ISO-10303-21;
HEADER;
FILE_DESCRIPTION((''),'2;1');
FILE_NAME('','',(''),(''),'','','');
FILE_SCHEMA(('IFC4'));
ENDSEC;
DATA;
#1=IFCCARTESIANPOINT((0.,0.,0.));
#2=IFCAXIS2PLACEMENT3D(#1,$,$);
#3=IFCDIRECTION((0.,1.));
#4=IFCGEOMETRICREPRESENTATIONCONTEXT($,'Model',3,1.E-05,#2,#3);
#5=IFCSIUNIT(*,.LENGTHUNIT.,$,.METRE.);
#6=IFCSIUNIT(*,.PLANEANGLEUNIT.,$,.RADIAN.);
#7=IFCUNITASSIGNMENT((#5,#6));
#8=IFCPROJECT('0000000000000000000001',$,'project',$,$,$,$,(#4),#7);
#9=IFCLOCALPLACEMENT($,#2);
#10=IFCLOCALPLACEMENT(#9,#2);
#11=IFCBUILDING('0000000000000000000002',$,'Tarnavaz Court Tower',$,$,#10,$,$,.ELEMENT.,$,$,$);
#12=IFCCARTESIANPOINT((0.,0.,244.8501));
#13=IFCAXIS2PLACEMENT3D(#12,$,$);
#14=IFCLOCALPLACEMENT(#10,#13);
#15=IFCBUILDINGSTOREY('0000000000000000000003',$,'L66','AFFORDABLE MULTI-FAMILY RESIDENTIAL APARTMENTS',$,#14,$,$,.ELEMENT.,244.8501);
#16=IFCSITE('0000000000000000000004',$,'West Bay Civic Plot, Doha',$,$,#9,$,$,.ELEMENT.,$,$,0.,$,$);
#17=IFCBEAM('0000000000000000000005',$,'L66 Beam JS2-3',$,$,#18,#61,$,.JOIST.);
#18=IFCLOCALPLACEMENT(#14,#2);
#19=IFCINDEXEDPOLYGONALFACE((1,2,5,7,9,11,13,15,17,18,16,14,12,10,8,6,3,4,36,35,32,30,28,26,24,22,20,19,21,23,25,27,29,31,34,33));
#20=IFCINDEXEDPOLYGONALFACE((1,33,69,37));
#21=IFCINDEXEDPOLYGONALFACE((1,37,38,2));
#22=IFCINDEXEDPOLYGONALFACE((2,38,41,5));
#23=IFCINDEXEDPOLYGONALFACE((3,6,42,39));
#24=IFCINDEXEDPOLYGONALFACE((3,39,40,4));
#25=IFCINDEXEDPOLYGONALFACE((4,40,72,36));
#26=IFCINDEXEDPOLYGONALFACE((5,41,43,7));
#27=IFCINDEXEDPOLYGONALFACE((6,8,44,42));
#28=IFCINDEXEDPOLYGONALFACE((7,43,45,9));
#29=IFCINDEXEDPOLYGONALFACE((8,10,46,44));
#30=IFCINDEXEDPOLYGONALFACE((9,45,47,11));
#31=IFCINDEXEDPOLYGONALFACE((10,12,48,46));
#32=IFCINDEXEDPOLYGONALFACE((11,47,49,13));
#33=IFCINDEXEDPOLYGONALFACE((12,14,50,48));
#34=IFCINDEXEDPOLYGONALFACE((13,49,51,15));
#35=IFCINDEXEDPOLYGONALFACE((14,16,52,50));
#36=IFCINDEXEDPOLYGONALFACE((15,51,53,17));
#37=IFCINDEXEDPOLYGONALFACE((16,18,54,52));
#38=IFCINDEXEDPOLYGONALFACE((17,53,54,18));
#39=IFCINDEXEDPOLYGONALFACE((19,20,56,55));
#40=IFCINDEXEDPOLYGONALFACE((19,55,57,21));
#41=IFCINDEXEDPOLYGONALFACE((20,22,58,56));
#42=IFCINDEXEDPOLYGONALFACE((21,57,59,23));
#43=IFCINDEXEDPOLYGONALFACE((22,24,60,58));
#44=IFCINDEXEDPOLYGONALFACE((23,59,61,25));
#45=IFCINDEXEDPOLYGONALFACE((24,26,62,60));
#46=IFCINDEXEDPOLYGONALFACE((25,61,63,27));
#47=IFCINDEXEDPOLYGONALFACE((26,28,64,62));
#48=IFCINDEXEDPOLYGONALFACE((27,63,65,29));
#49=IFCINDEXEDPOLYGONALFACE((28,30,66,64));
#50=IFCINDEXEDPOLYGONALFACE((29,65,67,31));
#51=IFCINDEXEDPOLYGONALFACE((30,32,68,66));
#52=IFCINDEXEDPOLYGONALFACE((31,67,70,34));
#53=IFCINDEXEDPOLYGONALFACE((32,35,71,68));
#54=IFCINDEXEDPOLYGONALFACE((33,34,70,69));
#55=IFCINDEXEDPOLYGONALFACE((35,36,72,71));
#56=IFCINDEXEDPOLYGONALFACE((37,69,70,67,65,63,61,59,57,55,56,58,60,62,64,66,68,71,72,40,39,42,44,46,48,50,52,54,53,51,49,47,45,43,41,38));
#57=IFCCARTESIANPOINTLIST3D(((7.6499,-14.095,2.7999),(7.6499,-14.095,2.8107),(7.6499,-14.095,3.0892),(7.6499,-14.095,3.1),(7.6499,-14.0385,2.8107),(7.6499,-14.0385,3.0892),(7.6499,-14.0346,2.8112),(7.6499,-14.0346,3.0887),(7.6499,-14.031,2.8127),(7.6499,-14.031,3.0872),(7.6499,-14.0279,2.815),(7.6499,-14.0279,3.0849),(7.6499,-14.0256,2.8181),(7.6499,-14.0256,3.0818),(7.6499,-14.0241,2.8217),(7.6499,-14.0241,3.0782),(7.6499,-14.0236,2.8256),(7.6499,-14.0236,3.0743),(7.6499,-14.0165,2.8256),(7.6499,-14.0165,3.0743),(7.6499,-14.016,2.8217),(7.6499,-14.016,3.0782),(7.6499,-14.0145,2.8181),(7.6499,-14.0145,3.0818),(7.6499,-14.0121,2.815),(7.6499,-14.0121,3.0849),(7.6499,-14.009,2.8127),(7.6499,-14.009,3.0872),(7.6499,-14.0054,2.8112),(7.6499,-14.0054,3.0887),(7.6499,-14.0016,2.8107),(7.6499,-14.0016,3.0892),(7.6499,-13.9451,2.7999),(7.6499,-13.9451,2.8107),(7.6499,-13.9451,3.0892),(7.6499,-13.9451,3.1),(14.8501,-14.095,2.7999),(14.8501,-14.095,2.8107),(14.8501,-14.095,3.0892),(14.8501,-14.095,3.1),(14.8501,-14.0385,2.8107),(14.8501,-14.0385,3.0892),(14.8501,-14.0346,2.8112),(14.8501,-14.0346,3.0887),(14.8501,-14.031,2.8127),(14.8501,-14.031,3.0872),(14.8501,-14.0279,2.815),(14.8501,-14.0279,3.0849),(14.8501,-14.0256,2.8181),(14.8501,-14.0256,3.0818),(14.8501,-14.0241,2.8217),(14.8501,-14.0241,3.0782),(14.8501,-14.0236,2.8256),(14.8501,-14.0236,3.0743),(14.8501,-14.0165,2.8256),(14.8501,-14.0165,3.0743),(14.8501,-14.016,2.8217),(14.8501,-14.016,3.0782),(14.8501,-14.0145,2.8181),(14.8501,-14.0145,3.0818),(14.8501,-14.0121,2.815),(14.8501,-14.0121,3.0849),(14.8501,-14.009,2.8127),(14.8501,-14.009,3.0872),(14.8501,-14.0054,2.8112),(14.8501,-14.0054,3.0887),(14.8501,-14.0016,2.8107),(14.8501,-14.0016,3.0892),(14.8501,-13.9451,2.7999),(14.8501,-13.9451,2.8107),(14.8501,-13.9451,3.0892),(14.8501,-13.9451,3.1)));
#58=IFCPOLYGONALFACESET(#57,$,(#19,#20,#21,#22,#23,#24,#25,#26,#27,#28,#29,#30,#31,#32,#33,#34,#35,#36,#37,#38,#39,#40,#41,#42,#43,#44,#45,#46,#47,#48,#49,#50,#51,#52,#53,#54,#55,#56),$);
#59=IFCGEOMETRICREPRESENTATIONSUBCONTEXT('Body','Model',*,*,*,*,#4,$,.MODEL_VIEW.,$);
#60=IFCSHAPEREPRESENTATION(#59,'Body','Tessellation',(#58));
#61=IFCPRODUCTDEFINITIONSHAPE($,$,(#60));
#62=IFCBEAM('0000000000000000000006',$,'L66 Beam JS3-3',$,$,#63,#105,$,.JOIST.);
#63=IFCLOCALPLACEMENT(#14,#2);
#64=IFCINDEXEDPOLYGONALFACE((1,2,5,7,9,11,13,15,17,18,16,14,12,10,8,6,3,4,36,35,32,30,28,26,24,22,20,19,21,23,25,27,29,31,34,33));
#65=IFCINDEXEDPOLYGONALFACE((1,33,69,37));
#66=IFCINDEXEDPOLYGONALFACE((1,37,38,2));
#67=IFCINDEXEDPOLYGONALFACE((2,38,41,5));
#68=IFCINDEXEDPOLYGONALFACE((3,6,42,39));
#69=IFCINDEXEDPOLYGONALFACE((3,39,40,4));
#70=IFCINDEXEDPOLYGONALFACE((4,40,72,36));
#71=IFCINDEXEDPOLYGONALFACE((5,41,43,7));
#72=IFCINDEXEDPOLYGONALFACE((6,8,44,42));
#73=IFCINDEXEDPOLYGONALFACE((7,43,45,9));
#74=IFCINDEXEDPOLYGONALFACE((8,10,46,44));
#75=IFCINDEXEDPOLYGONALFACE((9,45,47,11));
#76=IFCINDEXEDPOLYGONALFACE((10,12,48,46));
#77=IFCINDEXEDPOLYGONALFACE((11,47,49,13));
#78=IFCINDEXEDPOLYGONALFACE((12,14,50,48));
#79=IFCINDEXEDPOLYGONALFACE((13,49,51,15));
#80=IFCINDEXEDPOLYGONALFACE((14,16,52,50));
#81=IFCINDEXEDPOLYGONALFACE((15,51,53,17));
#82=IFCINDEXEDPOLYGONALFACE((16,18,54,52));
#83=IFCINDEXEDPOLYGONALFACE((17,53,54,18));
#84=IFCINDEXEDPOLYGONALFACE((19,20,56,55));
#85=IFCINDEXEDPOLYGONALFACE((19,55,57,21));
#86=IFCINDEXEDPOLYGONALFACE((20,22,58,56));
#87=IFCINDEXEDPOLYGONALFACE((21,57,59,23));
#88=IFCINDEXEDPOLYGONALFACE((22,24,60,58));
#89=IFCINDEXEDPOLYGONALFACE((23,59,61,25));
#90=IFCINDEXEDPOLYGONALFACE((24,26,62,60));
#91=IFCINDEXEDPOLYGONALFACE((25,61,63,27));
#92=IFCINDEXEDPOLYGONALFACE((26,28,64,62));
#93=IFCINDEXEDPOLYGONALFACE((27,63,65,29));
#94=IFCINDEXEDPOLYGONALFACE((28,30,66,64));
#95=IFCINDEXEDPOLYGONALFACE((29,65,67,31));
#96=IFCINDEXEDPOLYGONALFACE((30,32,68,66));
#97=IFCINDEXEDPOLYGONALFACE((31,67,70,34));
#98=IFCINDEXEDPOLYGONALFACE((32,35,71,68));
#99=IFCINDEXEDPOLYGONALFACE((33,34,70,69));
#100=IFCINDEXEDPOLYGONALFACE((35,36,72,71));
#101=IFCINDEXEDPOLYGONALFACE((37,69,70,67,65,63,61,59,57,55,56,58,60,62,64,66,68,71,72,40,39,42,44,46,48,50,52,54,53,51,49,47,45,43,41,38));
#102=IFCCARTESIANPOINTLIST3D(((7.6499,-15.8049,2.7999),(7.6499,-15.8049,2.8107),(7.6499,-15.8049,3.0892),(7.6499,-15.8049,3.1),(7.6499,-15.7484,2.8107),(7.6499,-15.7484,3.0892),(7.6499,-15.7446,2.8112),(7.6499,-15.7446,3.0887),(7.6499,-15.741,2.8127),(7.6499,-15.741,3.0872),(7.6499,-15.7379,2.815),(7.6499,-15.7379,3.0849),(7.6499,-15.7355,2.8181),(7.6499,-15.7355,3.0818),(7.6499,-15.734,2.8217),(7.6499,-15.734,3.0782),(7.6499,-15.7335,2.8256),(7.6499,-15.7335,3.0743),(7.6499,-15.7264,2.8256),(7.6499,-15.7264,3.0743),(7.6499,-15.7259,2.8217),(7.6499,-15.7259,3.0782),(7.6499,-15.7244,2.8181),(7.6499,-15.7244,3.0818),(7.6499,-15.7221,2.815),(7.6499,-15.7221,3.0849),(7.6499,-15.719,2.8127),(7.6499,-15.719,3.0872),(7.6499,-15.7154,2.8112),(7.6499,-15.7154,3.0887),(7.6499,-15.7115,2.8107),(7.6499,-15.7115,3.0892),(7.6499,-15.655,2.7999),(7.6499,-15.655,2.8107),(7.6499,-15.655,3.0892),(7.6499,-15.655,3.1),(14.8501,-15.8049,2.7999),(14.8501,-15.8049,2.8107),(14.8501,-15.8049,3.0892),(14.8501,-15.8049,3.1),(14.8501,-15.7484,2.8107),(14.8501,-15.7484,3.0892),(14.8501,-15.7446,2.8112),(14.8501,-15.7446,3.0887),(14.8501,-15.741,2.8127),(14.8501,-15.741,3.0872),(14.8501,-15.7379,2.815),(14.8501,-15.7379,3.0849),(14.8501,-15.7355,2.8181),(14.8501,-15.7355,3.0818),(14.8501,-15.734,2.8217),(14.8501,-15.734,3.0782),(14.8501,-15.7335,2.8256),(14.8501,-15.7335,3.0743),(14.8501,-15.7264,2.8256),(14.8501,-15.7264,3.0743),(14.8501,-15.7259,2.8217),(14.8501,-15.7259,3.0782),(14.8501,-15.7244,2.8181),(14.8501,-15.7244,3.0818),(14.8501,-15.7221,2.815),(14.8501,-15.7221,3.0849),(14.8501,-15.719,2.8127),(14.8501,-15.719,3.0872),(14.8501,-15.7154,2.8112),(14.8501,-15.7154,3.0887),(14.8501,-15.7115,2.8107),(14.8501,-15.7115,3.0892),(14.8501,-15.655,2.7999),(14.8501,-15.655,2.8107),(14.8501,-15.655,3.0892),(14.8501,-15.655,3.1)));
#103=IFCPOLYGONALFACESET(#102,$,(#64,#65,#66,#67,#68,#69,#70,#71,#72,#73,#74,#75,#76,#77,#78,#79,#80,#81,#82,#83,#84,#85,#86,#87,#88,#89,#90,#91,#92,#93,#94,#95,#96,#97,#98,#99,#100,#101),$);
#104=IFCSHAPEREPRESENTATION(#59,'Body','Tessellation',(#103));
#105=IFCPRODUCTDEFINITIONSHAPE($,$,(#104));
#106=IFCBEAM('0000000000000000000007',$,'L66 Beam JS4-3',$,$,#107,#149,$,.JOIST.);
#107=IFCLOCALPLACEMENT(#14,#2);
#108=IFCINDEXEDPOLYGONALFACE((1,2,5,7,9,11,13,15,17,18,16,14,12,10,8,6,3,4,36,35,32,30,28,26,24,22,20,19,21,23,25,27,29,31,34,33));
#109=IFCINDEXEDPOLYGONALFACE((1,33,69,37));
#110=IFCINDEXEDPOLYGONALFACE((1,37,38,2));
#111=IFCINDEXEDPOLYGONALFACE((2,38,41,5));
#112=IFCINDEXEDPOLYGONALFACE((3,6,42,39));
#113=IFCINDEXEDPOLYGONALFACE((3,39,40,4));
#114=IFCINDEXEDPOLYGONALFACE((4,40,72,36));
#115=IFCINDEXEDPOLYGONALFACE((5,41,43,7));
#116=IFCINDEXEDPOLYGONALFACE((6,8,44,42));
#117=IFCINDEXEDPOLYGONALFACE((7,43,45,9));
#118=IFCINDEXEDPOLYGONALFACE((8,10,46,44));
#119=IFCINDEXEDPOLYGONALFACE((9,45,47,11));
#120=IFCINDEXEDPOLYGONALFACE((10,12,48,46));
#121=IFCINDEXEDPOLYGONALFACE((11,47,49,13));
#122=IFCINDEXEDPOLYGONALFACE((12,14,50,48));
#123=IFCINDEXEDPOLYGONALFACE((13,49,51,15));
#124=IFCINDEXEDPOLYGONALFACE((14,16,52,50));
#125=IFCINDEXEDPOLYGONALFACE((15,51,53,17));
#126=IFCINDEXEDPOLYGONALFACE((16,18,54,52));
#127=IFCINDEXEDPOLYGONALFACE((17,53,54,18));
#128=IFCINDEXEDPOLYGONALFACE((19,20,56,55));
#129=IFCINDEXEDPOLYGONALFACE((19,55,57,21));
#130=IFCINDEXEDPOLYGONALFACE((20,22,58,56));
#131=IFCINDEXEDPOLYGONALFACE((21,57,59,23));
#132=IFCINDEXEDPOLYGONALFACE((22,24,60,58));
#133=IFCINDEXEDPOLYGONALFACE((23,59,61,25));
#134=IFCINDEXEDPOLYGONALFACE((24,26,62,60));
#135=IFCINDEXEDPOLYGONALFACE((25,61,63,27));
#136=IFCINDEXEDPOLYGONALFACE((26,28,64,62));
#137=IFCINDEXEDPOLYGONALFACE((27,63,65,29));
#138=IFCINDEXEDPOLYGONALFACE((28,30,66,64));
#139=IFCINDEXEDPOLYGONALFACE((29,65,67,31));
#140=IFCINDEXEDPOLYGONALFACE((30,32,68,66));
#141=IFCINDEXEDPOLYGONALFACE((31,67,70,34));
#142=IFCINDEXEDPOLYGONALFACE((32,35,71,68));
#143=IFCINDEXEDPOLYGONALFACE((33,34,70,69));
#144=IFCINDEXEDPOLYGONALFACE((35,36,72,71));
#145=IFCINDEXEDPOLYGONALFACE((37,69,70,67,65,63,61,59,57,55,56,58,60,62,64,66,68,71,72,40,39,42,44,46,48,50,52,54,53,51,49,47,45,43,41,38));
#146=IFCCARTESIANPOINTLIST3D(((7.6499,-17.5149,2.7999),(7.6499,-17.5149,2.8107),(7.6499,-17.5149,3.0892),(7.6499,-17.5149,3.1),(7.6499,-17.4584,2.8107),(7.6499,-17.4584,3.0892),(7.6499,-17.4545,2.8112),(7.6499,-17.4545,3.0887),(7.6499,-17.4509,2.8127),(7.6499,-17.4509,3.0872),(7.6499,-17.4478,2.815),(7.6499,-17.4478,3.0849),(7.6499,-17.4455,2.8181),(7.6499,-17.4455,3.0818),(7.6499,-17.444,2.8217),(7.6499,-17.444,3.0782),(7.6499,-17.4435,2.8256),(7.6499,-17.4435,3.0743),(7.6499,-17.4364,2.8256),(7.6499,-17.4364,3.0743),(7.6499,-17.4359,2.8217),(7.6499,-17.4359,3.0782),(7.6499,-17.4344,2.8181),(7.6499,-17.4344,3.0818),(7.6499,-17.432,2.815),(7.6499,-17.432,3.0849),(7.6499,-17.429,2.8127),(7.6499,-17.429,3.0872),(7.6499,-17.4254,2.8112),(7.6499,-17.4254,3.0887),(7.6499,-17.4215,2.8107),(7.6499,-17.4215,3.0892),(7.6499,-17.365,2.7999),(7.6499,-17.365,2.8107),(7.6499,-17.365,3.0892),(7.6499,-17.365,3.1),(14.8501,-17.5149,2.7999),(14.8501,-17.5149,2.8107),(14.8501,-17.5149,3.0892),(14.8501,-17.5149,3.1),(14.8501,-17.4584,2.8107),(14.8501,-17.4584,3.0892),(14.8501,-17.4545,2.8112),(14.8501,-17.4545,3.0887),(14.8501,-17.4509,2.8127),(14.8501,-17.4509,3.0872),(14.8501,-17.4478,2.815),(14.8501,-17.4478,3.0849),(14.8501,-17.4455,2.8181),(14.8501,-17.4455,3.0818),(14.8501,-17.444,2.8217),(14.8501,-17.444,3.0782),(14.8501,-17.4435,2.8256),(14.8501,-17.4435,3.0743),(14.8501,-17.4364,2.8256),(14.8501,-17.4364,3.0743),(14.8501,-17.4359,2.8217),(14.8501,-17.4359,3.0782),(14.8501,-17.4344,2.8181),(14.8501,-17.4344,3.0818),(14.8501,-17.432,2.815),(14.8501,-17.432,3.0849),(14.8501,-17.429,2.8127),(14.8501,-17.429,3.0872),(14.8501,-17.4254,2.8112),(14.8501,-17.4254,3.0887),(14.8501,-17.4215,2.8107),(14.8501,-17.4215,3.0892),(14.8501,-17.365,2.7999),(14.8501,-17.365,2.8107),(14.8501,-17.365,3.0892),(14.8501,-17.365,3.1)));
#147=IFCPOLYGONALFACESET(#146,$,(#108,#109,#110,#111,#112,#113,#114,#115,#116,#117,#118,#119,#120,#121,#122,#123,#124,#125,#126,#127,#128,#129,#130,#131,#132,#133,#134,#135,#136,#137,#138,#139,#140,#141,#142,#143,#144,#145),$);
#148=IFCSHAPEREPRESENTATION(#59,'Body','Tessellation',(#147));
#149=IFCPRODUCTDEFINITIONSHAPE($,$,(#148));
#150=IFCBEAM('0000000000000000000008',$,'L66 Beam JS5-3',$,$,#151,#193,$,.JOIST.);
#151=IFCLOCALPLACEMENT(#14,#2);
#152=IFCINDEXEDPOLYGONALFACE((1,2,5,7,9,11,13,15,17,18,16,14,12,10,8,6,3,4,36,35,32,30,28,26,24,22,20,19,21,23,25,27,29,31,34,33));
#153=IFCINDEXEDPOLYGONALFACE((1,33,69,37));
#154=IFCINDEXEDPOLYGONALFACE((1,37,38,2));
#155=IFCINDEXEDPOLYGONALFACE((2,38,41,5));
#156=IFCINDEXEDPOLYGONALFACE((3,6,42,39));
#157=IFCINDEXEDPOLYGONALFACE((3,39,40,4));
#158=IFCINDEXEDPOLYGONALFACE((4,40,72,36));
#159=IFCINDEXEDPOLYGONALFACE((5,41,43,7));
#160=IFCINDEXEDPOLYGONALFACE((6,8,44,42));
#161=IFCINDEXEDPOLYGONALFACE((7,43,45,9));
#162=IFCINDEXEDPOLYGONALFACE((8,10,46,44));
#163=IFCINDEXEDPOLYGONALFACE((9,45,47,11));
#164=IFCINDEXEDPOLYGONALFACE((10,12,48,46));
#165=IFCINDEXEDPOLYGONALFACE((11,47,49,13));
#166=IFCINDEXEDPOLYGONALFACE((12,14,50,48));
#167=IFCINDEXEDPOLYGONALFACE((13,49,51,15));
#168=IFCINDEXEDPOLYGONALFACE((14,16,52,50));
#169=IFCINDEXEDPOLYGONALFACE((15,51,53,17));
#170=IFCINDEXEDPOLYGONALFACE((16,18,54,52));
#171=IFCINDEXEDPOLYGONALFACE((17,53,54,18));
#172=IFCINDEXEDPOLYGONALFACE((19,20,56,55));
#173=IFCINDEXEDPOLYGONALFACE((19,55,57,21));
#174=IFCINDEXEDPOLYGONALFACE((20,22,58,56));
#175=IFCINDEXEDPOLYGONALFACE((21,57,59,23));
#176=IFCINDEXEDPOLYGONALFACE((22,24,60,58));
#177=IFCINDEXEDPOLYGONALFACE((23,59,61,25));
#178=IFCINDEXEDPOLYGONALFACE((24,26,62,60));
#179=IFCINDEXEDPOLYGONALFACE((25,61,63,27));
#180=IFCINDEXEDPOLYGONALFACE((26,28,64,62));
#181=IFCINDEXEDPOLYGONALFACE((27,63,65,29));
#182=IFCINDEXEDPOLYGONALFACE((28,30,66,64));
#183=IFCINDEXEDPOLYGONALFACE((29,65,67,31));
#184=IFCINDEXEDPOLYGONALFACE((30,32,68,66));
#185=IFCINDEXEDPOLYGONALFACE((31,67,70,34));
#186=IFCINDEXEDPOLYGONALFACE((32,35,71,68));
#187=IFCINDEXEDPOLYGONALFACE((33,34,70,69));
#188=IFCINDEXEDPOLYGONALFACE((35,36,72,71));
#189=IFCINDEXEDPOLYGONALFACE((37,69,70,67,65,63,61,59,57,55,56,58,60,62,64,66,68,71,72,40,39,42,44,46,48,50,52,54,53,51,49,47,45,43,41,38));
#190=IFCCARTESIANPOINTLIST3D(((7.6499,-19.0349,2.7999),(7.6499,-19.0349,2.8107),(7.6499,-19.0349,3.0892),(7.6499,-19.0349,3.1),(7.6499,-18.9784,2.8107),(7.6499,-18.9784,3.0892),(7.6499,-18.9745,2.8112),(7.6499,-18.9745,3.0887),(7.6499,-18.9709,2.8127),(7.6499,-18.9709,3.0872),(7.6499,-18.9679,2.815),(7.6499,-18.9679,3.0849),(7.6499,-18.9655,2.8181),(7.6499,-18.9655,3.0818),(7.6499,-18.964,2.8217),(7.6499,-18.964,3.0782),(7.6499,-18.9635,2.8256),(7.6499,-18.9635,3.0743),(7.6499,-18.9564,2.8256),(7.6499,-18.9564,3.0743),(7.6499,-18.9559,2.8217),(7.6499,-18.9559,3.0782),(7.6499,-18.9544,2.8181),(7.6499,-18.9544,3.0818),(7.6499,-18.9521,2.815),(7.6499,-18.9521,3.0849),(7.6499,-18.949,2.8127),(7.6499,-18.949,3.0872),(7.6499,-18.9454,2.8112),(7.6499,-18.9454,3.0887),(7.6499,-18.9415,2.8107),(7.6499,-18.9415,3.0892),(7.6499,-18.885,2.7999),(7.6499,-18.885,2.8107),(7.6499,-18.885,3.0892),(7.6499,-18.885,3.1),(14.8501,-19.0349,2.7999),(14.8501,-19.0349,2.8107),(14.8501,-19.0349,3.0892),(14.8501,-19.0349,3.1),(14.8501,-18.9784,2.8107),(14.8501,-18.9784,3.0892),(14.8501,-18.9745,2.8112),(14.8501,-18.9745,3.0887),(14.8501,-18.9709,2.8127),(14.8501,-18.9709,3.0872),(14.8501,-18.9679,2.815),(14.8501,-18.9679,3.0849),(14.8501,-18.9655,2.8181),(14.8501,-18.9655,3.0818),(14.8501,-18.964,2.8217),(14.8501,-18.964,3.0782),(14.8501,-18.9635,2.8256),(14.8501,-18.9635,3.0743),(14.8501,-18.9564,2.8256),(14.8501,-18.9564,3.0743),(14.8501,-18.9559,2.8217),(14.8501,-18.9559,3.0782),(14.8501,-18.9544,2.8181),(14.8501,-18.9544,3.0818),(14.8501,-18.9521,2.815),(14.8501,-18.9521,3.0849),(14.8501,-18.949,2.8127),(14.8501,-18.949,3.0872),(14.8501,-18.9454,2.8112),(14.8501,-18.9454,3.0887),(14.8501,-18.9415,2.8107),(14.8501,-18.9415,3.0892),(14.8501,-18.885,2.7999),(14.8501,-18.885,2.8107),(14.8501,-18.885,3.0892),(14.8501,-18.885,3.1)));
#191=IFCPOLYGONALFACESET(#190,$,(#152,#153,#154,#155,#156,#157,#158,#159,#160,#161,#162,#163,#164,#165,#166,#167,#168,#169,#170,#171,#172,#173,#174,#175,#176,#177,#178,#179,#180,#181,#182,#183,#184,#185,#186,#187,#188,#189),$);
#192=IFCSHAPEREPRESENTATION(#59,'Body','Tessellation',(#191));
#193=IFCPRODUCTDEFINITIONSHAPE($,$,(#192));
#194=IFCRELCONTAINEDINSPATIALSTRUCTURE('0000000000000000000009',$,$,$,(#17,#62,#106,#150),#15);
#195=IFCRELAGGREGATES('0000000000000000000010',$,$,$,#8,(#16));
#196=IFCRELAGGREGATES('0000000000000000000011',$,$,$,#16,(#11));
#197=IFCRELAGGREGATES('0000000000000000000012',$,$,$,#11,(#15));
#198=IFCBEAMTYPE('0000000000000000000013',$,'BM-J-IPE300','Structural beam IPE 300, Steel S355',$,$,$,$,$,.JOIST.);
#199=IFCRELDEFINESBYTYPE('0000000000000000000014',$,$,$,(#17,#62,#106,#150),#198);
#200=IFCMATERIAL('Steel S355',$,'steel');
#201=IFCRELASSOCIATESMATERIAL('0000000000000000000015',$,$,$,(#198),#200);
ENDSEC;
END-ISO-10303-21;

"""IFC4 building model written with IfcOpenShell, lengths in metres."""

from ifc_helpers import new_model, si_unit, direction, frame, origin, origin_2d, place, context, subcontext, project, spatial, i_section, extrude, material, material_profile, profile_set, type_object, element, save


model = new_model("IFC4")

# Units and contexts
model_context = context("Model", 3, precision=1e-05, world=origin(), true_north=direction((0.0, 1.0)))
body_context = subcontext(model_context, "Body", "Model", "MODEL_VIEW")
ifc_project = project(units=[si_unit("LENGTHUNIT", "METRE"), si_unit("PLANEANGLEUNIT", "RADIAN")], contexts=[model_context])

# Site, building, storey
site_placement = place(None, origin())
site = spatial("IfcSite", under=ifc_project, at=site_placement, Name="West Bay Civic Plot, Doha", CompositionType="ELEMENT", RefElevation=0.0)
building_placement = place(site_placement, origin())
building = spatial("IfcBuilding", under=site, at=building_placement, Name="Tarnavaz Court Tower", CompositionType="ELEMENT")
storey_placement = place(building_placement, frame((0.0, 0.0, 244.8501)))
storey = spatial("IfcBuildingStorey", under=building, at=storey_placement, Name="L66", Description="AFFORDABLE MULTI-FAMILY RESIDENTIAL APARTMENTS", CompositionType="ELEMENT", Elevation=244.8501)

# Beams
ifc_material_1 = material(Name="Steel S355", Category="steel")
ifc_material_profile_1 = material_profile(ifc_material_1, i_section(OverallWidth=0.1499, OverallDepth=0.3, WebThickness=0.0071, FlangeThickness=0.0107, FilletRadius=0.0149, at=origin_2d()), Name="IPE 300")
ifc_profile_set_1 = profile_set([ifc_material_profile_1], Name="Steel S355")
beam_type_1 = type_object("IfcBeamType", Name="BM-J-IPE300", Description="Structural beam IPE 300, Steel S355", PredefinedType="JOIST", material=ifc_profile_set_1)
for number, where, z_axis, x_axis, name in (
    (1, (7.6499, -14.02, 2.95), (1.0, 0.0, 0.0), (0.0, 1.0, 0.0), "L66 Beam JS2-3"),
    (2, (7.6499, -15.73, 2.95), (1.0, 0.0, 0.0), (0.0, 1.0, 0.0), "L66 Beam JS3-3"),
    (3, (7.6499, -17.4399, 2.95), (1.0, 0.0, 0.0), (0.0, 1.0, 0.0), "L66 Beam JS4-3"),
    (4, (7.6499, -18.96, 2.95), (1.0, 0.0, 0.0), (0.0, 1.0, 0.0), "L66 Beam JS5-3"),
):
    element("IfcBeam", number, at=place(storey_placement, frame(where, z_axis=z_axis, x_axis=x_axis)), inside=storey, type_object=beam_type_1, Name=name, PredefinedType="JOIST", context=body_context, shape_type="SweptSolid", body=[
        extrude(i_section(OverallWidth=0.1499, OverallDepth=0.3, WebThickness=0.0071, FlangeThickness=0.0107, FilletRadius=0.0149, at=origin_2d()), origin(), (0.0, 0.0, 1.0), 7.2002),
    ])

save(model, "model.ifc")
